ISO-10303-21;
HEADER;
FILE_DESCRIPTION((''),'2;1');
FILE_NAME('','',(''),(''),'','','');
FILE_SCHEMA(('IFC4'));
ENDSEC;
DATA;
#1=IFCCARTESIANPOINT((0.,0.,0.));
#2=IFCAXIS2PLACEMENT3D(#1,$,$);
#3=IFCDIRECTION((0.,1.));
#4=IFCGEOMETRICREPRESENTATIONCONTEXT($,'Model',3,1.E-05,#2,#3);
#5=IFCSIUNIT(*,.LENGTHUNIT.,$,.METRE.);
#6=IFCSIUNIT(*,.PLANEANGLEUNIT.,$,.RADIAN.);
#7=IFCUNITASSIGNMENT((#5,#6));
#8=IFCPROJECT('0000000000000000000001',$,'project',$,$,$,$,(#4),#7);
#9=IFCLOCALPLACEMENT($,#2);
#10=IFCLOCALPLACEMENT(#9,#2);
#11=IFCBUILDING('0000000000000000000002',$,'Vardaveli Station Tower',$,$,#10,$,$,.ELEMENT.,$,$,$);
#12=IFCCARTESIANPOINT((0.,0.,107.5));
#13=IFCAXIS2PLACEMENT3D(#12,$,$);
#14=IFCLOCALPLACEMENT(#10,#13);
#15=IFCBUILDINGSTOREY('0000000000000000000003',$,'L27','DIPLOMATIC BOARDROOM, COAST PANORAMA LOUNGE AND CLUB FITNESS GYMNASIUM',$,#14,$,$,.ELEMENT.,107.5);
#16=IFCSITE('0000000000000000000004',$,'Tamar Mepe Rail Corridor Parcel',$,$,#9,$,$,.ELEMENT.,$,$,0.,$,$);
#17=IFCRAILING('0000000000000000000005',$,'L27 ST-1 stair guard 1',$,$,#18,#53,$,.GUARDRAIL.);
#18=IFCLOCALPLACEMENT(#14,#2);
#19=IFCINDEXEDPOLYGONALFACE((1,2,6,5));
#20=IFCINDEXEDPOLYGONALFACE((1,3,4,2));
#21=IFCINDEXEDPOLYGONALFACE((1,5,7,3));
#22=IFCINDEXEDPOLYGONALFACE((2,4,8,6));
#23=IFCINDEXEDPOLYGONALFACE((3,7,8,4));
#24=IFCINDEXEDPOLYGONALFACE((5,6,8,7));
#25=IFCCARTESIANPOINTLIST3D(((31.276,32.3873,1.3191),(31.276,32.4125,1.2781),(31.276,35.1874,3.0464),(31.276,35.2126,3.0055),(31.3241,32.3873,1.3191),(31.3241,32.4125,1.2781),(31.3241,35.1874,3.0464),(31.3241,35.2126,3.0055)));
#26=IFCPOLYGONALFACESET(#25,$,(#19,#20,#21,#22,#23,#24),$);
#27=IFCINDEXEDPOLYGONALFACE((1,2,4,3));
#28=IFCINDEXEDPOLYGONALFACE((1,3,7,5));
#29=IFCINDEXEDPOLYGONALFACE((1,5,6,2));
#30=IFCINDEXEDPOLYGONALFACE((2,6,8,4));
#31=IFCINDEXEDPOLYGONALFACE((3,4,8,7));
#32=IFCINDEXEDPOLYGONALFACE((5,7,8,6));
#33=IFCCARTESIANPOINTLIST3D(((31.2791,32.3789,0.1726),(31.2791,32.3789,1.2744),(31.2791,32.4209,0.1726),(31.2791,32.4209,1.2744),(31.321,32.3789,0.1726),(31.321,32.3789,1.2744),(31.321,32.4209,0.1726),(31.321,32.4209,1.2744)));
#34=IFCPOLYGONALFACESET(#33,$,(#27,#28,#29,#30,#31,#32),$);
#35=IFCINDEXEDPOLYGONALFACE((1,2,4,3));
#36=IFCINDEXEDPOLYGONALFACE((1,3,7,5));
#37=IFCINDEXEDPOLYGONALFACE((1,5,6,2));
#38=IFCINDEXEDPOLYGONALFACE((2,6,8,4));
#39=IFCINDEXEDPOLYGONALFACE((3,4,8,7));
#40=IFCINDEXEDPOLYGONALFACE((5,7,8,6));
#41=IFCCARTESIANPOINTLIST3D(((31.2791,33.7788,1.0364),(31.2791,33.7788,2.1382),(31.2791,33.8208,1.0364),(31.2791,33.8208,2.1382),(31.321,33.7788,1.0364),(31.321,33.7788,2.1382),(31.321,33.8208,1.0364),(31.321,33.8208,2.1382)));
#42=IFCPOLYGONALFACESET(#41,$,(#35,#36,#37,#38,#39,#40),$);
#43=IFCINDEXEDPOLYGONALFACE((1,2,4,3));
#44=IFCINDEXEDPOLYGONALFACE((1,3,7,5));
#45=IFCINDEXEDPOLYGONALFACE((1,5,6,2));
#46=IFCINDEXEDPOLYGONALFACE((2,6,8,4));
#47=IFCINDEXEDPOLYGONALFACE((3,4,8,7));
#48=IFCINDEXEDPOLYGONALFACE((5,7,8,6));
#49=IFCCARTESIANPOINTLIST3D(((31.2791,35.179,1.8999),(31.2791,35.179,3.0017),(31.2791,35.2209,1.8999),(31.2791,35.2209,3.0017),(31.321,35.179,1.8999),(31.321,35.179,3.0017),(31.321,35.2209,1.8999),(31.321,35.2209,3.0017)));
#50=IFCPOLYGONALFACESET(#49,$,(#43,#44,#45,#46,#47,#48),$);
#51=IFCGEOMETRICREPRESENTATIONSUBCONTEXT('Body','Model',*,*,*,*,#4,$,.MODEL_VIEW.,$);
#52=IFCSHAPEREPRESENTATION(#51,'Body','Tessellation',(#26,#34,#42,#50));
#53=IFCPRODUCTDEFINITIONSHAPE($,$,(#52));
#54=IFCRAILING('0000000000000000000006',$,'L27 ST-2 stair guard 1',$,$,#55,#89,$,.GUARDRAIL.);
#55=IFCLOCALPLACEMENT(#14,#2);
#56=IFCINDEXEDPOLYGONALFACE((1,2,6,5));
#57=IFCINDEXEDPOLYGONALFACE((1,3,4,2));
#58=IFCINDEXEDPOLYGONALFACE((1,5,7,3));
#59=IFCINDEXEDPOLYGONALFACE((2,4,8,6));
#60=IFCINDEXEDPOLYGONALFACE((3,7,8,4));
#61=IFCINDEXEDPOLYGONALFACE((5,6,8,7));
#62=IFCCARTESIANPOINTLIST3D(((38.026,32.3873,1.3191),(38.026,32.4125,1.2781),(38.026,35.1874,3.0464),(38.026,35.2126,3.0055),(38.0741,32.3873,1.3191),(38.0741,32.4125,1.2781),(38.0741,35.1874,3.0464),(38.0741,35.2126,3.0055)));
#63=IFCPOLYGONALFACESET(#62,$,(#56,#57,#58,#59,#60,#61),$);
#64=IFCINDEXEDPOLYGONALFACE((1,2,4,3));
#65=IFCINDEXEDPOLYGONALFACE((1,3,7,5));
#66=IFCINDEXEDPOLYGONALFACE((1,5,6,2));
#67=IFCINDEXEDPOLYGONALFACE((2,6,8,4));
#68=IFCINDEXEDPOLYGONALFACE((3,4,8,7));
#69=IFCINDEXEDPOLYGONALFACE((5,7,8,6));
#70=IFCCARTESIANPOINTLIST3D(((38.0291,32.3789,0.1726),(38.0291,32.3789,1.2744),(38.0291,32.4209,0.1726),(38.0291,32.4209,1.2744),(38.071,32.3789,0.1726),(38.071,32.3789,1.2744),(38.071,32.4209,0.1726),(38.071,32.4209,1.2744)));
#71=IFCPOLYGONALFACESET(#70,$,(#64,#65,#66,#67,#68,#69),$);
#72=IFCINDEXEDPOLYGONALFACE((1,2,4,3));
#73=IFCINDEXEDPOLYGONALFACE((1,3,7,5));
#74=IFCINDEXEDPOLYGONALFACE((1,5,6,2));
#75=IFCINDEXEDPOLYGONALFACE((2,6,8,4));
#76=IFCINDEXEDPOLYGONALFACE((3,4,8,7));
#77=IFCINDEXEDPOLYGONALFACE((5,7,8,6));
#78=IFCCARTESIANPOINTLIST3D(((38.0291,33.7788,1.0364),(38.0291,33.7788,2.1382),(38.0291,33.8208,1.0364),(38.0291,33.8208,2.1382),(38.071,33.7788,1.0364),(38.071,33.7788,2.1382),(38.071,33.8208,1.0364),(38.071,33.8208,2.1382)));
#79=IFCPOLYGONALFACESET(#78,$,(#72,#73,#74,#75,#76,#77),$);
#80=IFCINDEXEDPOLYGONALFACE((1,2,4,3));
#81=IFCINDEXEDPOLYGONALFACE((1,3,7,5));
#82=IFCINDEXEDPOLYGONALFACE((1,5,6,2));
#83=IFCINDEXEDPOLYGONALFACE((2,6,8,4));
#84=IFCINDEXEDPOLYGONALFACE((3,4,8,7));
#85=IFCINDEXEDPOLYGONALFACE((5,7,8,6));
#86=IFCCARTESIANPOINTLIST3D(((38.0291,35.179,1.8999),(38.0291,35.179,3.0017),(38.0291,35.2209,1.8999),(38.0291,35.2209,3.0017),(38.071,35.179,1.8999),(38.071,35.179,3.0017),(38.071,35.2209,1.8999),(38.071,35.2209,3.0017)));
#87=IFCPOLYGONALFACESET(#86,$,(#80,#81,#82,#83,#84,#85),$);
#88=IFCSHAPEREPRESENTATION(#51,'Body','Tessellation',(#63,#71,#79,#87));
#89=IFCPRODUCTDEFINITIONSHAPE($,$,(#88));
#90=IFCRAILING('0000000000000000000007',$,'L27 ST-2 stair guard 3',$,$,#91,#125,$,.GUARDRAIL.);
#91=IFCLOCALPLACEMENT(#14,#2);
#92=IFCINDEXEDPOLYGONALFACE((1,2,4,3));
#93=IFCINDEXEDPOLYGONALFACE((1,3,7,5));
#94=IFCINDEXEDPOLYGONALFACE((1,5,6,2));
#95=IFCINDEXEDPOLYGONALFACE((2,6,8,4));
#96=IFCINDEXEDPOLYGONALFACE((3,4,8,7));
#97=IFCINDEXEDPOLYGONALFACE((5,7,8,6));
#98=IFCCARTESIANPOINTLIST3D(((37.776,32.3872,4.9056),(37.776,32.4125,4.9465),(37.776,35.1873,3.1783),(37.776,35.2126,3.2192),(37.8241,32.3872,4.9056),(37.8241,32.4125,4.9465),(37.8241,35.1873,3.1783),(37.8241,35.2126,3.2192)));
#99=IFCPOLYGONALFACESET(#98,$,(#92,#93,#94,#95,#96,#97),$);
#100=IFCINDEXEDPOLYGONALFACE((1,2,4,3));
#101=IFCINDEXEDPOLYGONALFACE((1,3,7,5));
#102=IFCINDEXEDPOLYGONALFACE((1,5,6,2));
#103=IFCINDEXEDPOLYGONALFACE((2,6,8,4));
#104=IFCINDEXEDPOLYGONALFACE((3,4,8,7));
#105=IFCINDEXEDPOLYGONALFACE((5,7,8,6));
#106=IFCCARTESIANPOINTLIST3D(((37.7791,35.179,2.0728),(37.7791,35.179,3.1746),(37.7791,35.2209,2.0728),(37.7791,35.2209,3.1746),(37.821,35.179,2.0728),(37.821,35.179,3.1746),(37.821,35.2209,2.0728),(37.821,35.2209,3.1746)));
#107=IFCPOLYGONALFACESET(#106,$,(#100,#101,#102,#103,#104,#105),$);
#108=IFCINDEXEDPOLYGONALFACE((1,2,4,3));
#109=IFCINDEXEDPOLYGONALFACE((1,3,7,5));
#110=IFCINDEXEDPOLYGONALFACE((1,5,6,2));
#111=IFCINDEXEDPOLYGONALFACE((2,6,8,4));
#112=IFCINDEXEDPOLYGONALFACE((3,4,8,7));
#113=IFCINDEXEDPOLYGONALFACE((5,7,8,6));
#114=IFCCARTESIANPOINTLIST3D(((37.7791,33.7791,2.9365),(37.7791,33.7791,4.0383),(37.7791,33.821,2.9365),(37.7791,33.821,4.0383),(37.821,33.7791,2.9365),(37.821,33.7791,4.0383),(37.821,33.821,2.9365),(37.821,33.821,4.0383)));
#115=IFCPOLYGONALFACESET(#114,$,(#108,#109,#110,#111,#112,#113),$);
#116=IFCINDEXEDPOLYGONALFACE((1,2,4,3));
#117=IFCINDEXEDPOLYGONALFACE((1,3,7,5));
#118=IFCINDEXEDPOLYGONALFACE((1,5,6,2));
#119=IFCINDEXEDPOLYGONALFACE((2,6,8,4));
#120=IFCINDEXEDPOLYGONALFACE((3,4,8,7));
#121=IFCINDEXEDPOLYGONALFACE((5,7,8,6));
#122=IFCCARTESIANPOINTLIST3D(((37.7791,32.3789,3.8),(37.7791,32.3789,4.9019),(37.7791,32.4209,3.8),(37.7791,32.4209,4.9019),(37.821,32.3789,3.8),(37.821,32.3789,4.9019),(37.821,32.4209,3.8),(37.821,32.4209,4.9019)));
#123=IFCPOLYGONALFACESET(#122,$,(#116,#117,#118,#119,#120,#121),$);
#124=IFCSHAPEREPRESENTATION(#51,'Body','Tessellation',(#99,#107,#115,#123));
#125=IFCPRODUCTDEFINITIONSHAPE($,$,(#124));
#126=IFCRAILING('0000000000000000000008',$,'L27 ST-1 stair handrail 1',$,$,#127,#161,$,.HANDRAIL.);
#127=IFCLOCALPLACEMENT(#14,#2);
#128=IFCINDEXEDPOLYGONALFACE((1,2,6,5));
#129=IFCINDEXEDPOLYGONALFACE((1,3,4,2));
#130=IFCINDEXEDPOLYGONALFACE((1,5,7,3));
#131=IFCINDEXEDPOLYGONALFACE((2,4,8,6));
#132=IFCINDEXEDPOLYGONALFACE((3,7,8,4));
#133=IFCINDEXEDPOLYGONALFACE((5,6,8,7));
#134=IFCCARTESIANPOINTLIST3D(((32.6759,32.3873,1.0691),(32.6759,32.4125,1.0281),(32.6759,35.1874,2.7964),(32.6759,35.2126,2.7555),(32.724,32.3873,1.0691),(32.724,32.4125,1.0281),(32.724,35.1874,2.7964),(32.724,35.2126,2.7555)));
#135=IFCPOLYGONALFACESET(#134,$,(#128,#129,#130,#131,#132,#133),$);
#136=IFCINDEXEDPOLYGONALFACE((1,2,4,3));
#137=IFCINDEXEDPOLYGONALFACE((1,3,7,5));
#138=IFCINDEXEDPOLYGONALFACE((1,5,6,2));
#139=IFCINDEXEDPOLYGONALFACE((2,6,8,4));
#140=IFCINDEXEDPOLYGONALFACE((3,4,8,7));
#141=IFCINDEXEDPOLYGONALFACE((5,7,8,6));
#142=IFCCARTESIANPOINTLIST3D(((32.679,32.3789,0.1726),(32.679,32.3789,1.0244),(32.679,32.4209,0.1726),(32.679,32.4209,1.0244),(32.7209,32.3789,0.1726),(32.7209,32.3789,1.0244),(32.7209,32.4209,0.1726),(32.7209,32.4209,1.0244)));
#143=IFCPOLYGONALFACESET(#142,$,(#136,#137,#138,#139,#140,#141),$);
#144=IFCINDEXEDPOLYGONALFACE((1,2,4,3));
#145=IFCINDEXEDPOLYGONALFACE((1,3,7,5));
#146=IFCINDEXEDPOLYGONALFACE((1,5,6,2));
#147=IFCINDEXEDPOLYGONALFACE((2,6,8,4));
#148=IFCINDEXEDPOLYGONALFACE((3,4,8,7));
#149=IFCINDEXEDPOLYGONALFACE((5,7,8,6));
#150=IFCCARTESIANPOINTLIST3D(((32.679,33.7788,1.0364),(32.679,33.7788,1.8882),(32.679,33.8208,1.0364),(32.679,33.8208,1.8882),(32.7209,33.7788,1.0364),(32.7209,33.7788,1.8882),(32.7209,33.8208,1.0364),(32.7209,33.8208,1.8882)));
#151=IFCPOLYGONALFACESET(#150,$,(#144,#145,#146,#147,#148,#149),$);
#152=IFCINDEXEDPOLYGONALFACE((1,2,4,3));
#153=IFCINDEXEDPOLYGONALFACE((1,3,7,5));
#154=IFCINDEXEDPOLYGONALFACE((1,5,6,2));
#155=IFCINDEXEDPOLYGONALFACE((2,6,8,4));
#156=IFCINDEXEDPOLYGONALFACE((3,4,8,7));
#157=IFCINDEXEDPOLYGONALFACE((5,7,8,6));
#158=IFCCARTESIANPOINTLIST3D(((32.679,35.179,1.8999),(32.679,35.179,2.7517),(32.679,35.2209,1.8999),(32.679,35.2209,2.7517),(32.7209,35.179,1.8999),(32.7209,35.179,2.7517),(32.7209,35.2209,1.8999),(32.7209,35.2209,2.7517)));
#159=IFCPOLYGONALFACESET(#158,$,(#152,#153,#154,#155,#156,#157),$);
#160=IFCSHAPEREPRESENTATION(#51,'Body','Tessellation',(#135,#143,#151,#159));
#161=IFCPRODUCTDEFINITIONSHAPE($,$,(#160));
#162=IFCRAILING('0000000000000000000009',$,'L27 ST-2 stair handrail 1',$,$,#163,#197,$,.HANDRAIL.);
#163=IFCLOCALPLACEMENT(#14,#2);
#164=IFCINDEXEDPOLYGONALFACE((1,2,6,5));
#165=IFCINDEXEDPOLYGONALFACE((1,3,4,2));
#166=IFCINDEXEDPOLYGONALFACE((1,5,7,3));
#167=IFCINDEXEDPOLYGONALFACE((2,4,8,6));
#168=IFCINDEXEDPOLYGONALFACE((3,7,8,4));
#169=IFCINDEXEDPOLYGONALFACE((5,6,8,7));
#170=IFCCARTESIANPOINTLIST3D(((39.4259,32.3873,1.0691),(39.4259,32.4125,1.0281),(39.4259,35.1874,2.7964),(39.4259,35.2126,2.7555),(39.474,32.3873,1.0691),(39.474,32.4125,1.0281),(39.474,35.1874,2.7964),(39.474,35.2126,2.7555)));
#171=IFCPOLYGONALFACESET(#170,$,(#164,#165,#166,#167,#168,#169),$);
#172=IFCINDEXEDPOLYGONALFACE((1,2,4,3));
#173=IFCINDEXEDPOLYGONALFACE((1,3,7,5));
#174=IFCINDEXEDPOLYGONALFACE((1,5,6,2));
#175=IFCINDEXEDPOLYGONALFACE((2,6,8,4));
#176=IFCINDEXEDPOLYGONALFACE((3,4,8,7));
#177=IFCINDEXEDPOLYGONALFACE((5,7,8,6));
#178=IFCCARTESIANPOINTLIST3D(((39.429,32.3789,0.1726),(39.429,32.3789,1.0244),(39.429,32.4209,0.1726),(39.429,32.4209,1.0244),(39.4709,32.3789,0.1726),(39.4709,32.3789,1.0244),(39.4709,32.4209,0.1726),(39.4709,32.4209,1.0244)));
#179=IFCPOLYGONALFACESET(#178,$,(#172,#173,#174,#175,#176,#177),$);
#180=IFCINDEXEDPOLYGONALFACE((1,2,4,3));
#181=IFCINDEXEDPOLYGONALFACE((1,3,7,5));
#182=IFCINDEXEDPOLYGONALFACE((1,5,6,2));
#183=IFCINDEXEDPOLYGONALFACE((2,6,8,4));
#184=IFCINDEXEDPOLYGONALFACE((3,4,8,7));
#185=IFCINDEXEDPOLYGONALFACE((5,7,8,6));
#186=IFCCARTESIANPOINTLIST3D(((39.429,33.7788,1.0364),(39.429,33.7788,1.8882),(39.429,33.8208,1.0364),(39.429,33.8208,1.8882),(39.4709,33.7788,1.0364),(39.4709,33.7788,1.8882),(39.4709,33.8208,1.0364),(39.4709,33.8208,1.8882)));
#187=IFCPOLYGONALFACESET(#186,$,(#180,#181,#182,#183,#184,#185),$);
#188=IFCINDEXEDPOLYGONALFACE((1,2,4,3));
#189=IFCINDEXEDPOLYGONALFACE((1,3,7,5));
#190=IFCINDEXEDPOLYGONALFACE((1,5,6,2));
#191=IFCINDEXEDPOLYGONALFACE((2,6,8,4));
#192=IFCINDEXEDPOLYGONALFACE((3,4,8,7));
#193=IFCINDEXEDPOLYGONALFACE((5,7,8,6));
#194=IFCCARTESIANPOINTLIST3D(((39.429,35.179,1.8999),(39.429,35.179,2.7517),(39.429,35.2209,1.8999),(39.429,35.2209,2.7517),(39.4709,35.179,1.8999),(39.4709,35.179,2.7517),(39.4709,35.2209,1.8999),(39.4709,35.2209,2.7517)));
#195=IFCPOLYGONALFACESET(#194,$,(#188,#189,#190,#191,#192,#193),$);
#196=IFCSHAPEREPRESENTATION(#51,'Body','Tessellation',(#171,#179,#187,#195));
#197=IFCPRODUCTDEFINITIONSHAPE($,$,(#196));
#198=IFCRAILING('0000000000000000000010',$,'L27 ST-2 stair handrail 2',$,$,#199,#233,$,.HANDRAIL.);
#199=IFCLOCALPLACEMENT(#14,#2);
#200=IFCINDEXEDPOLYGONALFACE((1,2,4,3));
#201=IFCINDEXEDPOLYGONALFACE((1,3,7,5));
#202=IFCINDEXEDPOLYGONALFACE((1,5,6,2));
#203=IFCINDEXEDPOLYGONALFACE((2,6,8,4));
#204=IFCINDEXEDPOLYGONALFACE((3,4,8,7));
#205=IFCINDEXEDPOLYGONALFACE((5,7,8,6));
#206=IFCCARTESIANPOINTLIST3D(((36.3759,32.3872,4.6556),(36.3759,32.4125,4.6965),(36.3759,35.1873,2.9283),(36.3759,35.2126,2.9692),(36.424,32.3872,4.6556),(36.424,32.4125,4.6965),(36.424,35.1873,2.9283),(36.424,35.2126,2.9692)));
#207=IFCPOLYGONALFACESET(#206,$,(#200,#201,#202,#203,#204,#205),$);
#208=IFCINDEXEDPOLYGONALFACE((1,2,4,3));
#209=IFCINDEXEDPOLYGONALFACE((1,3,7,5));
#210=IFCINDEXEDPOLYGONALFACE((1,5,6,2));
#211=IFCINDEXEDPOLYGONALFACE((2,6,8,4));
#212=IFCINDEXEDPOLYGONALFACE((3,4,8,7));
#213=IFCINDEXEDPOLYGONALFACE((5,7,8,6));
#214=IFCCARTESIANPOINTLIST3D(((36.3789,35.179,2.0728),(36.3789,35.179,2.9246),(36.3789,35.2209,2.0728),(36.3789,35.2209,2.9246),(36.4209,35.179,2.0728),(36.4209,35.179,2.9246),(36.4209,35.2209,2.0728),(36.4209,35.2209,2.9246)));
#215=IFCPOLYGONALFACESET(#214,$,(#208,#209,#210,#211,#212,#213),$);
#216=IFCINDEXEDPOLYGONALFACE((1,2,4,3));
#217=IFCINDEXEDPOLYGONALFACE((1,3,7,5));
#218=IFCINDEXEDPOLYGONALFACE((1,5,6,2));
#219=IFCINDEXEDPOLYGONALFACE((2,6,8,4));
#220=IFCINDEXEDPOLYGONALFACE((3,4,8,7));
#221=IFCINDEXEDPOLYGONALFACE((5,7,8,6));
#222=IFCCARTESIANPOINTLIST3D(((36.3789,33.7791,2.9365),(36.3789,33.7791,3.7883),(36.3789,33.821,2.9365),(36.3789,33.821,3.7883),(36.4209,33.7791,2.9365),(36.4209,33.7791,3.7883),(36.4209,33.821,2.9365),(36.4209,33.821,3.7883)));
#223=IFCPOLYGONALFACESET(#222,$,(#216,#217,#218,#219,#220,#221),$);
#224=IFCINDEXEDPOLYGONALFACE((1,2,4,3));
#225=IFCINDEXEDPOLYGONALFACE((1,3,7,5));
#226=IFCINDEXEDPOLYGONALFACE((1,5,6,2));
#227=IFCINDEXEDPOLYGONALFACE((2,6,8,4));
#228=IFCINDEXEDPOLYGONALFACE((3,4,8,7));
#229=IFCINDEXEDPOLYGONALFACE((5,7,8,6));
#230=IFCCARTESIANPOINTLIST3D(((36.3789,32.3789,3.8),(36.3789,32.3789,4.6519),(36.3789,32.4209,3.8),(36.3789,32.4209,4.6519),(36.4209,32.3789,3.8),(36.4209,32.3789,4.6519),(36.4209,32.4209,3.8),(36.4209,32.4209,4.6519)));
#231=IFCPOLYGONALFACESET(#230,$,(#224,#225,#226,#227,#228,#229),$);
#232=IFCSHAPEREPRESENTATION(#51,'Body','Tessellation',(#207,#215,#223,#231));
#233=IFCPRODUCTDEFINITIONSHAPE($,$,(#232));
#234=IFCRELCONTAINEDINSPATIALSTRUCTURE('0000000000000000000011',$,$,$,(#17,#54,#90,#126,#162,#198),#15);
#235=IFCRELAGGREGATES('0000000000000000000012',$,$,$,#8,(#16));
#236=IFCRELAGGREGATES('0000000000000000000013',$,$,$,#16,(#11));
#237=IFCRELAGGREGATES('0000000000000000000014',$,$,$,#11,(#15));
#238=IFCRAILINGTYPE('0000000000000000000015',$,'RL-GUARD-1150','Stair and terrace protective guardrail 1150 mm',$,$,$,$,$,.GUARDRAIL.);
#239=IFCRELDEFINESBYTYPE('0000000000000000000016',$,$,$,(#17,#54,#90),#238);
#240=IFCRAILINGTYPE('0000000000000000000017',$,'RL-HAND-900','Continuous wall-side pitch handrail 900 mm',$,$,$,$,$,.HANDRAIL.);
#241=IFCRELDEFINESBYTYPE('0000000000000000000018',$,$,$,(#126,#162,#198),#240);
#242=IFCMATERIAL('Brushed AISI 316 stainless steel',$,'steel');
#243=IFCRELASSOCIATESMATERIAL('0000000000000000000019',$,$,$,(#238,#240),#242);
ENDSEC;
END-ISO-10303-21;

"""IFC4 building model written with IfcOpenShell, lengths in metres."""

from ifc_helpers import new_model, si_unit, direction, frame, origin, origin_2d, place, context, subcontext, project, spatial, rectangle, extrude, source, transform, mapped, material, type_object, element, save


model = new_model("IFC4")

# Units and contexts
model_context = context("Model", 3, precision=1e-05, world=origin(), true_north=direction((0.0, 1.0)))
body_context = subcontext(model_context, "Body", "Model", "MODEL_VIEW")
ifc_project = project(units=[si_unit("LENGTHUNIT", "METRE"), si_unit("PLANEANGLEUNIT", "RADIAN")], contexts=[model_context])

# Site, building, storey
site_placement = place(None, origin())
site = spatial("IfcSite", under=ifc_project, at=site_placement, Name="Tamar Mepe Rail Corridor Parcel", CompositionType="ELEMENT", RefElevation=0.0)
building_placement = place(site_placement, origin())
building = spatial("IfcBuilding", under=site, at=building_placement, Name="Vardaveli Station Tower", CompositionType="ELEMENT")
storey_placement = place(building_placement, frame((0.0, 0.0, 107.5)))
storey = spatial("IfcBuildingStorey", under=building, at=storey_placement, Name="L27", Description="DIPLOMATIC BOARDROOM, COAST PANORAMA LOUNGE AND CLUB FITNESS GYMNASIUM", CompositionType="ELEMENT", Elevation=107.5)

# Railings
ifc_material_1 = material(Name="Brushed AISI 316 stainless steel", Category="steel")
railing_type_1 = type_object("IfcRailingType", Name="RL-GUARD-1150", Description="Stair and terrace protective guardrail 1150 mm", PredefinedType="GUARDRAIL", material=ifc_material_1)
shared_shape_1 = source(origin(), body_context, "Body", "SweptSolid", [
    extrude(rectangle(XDim=0.0481, YDim=0.0481, at=origin_2d()), frame((0.0, 0.0, 1.126), z_axis=(0.0, 0.85109, 0.52502), x_axis=(-1.0, 0.0, 0.0)), (0.0, 0.0, 1.0), 3.29),
    extrude(rectangle(XDim=0.042, YDim=0.042, at=origin_2d()), origin(), (0.0, 0.0, 1.0), 1.1018),
    extrude(rectangle(XDim=0.042, YDim=0.042, at=origin_2d()), frame((0.0, 1.3999, 0.8638)), (0.0, 0.0, 1.0), 1.1018),
    extrude(rectangle(XDim=0.042, YDim=0.042, at=origin_2d()), frame((0.0, 2.8, 1.7273)), (0.0, 0.0, 1.0), 1.1018),
])
for number, where, name in (
    (1, (31.3, 32.3999, 0.1726), "L27 ST-1 stair guard 1"),
    (2, (38.05, 32.3999, 0.1726), "L27 ST-2 stair guard 1"),
):
    element("IfcRailing", number, at=place(storey_placement, frame(where)), inside=storey, type_object=railing_type_1, Name=name, PredefinedType="GUARDRAIL", context=body_context, shape_type="MappedRepresentation", body=[
        mapped(shared_shape_1, transform((0.0, 0.0, 0.0), scale=1.0)),
    ])
shared_shape_2 = source(origin(), body_context, "Body", "SweptSolid", [
    extrude(rectangle(XDim=0.0481, YDim=0.0481, at=origin_2d()), frame((0.0, 0.0, 1.126), z_axis=(0.0, -0.85109, 0.52502), x_axis=(1.0, 0.0, 0.0)), (0.0, 0.0, 1.0), 3.29),
    extrude(rectangle(XDim=0.042, YDim=0.042, at=origin_2d()), origin(), (0.0, 0.0, 1.0), 1.1018),
    extrude(rectangle(XDim=0.042, YDim=0.042, at=origin_2d()), frame((0.0, -1.3999, 0.8638)), (0.0, 0.0, 1.0), 1.1018),
    extrude(rectangle(XDim=0.042, YDim=0.042, at=origin_2d()), frame((0.0, -2.8, 1.7273)), (0.0, 0.0, 1.0), 1.1018),
])
railing_1_placement = place(storey_placement, frame((37.8, 35.2, 2.0728)))
element("IfcRailing", 3, at=railing_1_placement, inside=storey, type_object=railing_type_1, Name="L27 ST-2 stair guard 3", PredefinedType="GUARDRAIL", context=body_context, shape_type="MappedRepresentation", body=[
    mapped(shared_shape_2, transform((0.0, 0.0, 0.0), scale=1.0)),
])
railing_type_2 = type_object("IfcRailingType", Name="RL-HAND-900", Description="Continuous wall-side pitch handrail 900 mm", PredefinedType="HANDRAIL", material=ifc_material_1)
shared_shape_3 = source(origin(), body_context, "Body", "SweptSolid", [
    extrude(rectangle(XDim=0.0481, YDim=0.0481, at=origin_2d()), frame((0.0, 0.0, 0.876), z_axis=(0.0, 0.85109, 0.52502), x_axis=(-1.0, 0.0, 0.0)), (0.0, 0.0, 1.0), 3.29),
    extrude(rectangle(XDim=0.042, YDim=0.042, at=origin_2d()), origin(), (0.0, 0.0, 1.0), 0.8518),
    extrude(rectangle(XDim=0.042, YDim=0.042, at=origin_2d()), frame((0.0, 1.3999, 0.8638)), (0.0, 0.0, 1.0), 0.8518),
    extrude(rectangle(XDim=0.042, YDim=0.042, at=origin_2d()), frame((0.0, 2.8, 1.7273)), (0.0, 0.0, 1.0), 0.8518),
])
for number, where, name in (
    (4, (32.7, 32.3999, 0.1726), "L27 ST-1 stair handrail 1"),
    (5, (39.45, 32.3999, 0.1726), "L27 ST-2 stair handrail 1"),
):
    element("IfcRailing", number, at=place(storey_placement, frame(where)), inside=storey, type_object=railing_type_2, Name=name, PredefinedType="HANDRAIL", context=body_context, shape_type="MappedRepresentation", body=[
        mapped(shared_shape_3, transform((0.0, 0.0, 0.0), scale=1.0)),
    ])
shared_shape_4 = source(origin(), body_context, "Body", "SweptSolid", [
    extrude(rectangle(XDim=0.0481, YDim=0.0481, at=origin_2d()), frame((0.0, 0.0, 0.876), z_axis=(0.0, -0.85109, 0.52502), x_axis=(1.0, 0.0, 0.0)), (0.0, 0.0, 1.0), 3.29),
    extrude(rectangle(XDim=0.042, YDim=0.042, at=origin_2d()), origin(), (0.0, 0.0, 1.0), 0.8518),
    extrude(rectangle(XDim=0.042, YDim=0.042, at=origin_2d()), frame((0.0, -1.3999, 0.8638)), (0.0, 0.0, 1.0), 0.8518),
    extrude(rectangle(XDim=0.042, YDim=0.042, at=origin_2d()), frame((0.0, -2.8, 1.7273)), (0.0, 0.0, 1.0), 0.8518),
])
railing_2_placement = place(storey_placement, frame((36.3999, 35.2, 2.0728)))
element("IfcRailing", 6, at=railing_2_placement, inside=storey, type_object=railing_type_2, Name="L27 ST-2 stair handrail 2", PredefinedType="HANDRAIL", context=body_context, shape_type="MappedRepresentation", body=[
    mapped(shared_shape_4, transform((0.0, 0.0, 0.0), scale=1.0)),
])

save(model, "model.ifc")
